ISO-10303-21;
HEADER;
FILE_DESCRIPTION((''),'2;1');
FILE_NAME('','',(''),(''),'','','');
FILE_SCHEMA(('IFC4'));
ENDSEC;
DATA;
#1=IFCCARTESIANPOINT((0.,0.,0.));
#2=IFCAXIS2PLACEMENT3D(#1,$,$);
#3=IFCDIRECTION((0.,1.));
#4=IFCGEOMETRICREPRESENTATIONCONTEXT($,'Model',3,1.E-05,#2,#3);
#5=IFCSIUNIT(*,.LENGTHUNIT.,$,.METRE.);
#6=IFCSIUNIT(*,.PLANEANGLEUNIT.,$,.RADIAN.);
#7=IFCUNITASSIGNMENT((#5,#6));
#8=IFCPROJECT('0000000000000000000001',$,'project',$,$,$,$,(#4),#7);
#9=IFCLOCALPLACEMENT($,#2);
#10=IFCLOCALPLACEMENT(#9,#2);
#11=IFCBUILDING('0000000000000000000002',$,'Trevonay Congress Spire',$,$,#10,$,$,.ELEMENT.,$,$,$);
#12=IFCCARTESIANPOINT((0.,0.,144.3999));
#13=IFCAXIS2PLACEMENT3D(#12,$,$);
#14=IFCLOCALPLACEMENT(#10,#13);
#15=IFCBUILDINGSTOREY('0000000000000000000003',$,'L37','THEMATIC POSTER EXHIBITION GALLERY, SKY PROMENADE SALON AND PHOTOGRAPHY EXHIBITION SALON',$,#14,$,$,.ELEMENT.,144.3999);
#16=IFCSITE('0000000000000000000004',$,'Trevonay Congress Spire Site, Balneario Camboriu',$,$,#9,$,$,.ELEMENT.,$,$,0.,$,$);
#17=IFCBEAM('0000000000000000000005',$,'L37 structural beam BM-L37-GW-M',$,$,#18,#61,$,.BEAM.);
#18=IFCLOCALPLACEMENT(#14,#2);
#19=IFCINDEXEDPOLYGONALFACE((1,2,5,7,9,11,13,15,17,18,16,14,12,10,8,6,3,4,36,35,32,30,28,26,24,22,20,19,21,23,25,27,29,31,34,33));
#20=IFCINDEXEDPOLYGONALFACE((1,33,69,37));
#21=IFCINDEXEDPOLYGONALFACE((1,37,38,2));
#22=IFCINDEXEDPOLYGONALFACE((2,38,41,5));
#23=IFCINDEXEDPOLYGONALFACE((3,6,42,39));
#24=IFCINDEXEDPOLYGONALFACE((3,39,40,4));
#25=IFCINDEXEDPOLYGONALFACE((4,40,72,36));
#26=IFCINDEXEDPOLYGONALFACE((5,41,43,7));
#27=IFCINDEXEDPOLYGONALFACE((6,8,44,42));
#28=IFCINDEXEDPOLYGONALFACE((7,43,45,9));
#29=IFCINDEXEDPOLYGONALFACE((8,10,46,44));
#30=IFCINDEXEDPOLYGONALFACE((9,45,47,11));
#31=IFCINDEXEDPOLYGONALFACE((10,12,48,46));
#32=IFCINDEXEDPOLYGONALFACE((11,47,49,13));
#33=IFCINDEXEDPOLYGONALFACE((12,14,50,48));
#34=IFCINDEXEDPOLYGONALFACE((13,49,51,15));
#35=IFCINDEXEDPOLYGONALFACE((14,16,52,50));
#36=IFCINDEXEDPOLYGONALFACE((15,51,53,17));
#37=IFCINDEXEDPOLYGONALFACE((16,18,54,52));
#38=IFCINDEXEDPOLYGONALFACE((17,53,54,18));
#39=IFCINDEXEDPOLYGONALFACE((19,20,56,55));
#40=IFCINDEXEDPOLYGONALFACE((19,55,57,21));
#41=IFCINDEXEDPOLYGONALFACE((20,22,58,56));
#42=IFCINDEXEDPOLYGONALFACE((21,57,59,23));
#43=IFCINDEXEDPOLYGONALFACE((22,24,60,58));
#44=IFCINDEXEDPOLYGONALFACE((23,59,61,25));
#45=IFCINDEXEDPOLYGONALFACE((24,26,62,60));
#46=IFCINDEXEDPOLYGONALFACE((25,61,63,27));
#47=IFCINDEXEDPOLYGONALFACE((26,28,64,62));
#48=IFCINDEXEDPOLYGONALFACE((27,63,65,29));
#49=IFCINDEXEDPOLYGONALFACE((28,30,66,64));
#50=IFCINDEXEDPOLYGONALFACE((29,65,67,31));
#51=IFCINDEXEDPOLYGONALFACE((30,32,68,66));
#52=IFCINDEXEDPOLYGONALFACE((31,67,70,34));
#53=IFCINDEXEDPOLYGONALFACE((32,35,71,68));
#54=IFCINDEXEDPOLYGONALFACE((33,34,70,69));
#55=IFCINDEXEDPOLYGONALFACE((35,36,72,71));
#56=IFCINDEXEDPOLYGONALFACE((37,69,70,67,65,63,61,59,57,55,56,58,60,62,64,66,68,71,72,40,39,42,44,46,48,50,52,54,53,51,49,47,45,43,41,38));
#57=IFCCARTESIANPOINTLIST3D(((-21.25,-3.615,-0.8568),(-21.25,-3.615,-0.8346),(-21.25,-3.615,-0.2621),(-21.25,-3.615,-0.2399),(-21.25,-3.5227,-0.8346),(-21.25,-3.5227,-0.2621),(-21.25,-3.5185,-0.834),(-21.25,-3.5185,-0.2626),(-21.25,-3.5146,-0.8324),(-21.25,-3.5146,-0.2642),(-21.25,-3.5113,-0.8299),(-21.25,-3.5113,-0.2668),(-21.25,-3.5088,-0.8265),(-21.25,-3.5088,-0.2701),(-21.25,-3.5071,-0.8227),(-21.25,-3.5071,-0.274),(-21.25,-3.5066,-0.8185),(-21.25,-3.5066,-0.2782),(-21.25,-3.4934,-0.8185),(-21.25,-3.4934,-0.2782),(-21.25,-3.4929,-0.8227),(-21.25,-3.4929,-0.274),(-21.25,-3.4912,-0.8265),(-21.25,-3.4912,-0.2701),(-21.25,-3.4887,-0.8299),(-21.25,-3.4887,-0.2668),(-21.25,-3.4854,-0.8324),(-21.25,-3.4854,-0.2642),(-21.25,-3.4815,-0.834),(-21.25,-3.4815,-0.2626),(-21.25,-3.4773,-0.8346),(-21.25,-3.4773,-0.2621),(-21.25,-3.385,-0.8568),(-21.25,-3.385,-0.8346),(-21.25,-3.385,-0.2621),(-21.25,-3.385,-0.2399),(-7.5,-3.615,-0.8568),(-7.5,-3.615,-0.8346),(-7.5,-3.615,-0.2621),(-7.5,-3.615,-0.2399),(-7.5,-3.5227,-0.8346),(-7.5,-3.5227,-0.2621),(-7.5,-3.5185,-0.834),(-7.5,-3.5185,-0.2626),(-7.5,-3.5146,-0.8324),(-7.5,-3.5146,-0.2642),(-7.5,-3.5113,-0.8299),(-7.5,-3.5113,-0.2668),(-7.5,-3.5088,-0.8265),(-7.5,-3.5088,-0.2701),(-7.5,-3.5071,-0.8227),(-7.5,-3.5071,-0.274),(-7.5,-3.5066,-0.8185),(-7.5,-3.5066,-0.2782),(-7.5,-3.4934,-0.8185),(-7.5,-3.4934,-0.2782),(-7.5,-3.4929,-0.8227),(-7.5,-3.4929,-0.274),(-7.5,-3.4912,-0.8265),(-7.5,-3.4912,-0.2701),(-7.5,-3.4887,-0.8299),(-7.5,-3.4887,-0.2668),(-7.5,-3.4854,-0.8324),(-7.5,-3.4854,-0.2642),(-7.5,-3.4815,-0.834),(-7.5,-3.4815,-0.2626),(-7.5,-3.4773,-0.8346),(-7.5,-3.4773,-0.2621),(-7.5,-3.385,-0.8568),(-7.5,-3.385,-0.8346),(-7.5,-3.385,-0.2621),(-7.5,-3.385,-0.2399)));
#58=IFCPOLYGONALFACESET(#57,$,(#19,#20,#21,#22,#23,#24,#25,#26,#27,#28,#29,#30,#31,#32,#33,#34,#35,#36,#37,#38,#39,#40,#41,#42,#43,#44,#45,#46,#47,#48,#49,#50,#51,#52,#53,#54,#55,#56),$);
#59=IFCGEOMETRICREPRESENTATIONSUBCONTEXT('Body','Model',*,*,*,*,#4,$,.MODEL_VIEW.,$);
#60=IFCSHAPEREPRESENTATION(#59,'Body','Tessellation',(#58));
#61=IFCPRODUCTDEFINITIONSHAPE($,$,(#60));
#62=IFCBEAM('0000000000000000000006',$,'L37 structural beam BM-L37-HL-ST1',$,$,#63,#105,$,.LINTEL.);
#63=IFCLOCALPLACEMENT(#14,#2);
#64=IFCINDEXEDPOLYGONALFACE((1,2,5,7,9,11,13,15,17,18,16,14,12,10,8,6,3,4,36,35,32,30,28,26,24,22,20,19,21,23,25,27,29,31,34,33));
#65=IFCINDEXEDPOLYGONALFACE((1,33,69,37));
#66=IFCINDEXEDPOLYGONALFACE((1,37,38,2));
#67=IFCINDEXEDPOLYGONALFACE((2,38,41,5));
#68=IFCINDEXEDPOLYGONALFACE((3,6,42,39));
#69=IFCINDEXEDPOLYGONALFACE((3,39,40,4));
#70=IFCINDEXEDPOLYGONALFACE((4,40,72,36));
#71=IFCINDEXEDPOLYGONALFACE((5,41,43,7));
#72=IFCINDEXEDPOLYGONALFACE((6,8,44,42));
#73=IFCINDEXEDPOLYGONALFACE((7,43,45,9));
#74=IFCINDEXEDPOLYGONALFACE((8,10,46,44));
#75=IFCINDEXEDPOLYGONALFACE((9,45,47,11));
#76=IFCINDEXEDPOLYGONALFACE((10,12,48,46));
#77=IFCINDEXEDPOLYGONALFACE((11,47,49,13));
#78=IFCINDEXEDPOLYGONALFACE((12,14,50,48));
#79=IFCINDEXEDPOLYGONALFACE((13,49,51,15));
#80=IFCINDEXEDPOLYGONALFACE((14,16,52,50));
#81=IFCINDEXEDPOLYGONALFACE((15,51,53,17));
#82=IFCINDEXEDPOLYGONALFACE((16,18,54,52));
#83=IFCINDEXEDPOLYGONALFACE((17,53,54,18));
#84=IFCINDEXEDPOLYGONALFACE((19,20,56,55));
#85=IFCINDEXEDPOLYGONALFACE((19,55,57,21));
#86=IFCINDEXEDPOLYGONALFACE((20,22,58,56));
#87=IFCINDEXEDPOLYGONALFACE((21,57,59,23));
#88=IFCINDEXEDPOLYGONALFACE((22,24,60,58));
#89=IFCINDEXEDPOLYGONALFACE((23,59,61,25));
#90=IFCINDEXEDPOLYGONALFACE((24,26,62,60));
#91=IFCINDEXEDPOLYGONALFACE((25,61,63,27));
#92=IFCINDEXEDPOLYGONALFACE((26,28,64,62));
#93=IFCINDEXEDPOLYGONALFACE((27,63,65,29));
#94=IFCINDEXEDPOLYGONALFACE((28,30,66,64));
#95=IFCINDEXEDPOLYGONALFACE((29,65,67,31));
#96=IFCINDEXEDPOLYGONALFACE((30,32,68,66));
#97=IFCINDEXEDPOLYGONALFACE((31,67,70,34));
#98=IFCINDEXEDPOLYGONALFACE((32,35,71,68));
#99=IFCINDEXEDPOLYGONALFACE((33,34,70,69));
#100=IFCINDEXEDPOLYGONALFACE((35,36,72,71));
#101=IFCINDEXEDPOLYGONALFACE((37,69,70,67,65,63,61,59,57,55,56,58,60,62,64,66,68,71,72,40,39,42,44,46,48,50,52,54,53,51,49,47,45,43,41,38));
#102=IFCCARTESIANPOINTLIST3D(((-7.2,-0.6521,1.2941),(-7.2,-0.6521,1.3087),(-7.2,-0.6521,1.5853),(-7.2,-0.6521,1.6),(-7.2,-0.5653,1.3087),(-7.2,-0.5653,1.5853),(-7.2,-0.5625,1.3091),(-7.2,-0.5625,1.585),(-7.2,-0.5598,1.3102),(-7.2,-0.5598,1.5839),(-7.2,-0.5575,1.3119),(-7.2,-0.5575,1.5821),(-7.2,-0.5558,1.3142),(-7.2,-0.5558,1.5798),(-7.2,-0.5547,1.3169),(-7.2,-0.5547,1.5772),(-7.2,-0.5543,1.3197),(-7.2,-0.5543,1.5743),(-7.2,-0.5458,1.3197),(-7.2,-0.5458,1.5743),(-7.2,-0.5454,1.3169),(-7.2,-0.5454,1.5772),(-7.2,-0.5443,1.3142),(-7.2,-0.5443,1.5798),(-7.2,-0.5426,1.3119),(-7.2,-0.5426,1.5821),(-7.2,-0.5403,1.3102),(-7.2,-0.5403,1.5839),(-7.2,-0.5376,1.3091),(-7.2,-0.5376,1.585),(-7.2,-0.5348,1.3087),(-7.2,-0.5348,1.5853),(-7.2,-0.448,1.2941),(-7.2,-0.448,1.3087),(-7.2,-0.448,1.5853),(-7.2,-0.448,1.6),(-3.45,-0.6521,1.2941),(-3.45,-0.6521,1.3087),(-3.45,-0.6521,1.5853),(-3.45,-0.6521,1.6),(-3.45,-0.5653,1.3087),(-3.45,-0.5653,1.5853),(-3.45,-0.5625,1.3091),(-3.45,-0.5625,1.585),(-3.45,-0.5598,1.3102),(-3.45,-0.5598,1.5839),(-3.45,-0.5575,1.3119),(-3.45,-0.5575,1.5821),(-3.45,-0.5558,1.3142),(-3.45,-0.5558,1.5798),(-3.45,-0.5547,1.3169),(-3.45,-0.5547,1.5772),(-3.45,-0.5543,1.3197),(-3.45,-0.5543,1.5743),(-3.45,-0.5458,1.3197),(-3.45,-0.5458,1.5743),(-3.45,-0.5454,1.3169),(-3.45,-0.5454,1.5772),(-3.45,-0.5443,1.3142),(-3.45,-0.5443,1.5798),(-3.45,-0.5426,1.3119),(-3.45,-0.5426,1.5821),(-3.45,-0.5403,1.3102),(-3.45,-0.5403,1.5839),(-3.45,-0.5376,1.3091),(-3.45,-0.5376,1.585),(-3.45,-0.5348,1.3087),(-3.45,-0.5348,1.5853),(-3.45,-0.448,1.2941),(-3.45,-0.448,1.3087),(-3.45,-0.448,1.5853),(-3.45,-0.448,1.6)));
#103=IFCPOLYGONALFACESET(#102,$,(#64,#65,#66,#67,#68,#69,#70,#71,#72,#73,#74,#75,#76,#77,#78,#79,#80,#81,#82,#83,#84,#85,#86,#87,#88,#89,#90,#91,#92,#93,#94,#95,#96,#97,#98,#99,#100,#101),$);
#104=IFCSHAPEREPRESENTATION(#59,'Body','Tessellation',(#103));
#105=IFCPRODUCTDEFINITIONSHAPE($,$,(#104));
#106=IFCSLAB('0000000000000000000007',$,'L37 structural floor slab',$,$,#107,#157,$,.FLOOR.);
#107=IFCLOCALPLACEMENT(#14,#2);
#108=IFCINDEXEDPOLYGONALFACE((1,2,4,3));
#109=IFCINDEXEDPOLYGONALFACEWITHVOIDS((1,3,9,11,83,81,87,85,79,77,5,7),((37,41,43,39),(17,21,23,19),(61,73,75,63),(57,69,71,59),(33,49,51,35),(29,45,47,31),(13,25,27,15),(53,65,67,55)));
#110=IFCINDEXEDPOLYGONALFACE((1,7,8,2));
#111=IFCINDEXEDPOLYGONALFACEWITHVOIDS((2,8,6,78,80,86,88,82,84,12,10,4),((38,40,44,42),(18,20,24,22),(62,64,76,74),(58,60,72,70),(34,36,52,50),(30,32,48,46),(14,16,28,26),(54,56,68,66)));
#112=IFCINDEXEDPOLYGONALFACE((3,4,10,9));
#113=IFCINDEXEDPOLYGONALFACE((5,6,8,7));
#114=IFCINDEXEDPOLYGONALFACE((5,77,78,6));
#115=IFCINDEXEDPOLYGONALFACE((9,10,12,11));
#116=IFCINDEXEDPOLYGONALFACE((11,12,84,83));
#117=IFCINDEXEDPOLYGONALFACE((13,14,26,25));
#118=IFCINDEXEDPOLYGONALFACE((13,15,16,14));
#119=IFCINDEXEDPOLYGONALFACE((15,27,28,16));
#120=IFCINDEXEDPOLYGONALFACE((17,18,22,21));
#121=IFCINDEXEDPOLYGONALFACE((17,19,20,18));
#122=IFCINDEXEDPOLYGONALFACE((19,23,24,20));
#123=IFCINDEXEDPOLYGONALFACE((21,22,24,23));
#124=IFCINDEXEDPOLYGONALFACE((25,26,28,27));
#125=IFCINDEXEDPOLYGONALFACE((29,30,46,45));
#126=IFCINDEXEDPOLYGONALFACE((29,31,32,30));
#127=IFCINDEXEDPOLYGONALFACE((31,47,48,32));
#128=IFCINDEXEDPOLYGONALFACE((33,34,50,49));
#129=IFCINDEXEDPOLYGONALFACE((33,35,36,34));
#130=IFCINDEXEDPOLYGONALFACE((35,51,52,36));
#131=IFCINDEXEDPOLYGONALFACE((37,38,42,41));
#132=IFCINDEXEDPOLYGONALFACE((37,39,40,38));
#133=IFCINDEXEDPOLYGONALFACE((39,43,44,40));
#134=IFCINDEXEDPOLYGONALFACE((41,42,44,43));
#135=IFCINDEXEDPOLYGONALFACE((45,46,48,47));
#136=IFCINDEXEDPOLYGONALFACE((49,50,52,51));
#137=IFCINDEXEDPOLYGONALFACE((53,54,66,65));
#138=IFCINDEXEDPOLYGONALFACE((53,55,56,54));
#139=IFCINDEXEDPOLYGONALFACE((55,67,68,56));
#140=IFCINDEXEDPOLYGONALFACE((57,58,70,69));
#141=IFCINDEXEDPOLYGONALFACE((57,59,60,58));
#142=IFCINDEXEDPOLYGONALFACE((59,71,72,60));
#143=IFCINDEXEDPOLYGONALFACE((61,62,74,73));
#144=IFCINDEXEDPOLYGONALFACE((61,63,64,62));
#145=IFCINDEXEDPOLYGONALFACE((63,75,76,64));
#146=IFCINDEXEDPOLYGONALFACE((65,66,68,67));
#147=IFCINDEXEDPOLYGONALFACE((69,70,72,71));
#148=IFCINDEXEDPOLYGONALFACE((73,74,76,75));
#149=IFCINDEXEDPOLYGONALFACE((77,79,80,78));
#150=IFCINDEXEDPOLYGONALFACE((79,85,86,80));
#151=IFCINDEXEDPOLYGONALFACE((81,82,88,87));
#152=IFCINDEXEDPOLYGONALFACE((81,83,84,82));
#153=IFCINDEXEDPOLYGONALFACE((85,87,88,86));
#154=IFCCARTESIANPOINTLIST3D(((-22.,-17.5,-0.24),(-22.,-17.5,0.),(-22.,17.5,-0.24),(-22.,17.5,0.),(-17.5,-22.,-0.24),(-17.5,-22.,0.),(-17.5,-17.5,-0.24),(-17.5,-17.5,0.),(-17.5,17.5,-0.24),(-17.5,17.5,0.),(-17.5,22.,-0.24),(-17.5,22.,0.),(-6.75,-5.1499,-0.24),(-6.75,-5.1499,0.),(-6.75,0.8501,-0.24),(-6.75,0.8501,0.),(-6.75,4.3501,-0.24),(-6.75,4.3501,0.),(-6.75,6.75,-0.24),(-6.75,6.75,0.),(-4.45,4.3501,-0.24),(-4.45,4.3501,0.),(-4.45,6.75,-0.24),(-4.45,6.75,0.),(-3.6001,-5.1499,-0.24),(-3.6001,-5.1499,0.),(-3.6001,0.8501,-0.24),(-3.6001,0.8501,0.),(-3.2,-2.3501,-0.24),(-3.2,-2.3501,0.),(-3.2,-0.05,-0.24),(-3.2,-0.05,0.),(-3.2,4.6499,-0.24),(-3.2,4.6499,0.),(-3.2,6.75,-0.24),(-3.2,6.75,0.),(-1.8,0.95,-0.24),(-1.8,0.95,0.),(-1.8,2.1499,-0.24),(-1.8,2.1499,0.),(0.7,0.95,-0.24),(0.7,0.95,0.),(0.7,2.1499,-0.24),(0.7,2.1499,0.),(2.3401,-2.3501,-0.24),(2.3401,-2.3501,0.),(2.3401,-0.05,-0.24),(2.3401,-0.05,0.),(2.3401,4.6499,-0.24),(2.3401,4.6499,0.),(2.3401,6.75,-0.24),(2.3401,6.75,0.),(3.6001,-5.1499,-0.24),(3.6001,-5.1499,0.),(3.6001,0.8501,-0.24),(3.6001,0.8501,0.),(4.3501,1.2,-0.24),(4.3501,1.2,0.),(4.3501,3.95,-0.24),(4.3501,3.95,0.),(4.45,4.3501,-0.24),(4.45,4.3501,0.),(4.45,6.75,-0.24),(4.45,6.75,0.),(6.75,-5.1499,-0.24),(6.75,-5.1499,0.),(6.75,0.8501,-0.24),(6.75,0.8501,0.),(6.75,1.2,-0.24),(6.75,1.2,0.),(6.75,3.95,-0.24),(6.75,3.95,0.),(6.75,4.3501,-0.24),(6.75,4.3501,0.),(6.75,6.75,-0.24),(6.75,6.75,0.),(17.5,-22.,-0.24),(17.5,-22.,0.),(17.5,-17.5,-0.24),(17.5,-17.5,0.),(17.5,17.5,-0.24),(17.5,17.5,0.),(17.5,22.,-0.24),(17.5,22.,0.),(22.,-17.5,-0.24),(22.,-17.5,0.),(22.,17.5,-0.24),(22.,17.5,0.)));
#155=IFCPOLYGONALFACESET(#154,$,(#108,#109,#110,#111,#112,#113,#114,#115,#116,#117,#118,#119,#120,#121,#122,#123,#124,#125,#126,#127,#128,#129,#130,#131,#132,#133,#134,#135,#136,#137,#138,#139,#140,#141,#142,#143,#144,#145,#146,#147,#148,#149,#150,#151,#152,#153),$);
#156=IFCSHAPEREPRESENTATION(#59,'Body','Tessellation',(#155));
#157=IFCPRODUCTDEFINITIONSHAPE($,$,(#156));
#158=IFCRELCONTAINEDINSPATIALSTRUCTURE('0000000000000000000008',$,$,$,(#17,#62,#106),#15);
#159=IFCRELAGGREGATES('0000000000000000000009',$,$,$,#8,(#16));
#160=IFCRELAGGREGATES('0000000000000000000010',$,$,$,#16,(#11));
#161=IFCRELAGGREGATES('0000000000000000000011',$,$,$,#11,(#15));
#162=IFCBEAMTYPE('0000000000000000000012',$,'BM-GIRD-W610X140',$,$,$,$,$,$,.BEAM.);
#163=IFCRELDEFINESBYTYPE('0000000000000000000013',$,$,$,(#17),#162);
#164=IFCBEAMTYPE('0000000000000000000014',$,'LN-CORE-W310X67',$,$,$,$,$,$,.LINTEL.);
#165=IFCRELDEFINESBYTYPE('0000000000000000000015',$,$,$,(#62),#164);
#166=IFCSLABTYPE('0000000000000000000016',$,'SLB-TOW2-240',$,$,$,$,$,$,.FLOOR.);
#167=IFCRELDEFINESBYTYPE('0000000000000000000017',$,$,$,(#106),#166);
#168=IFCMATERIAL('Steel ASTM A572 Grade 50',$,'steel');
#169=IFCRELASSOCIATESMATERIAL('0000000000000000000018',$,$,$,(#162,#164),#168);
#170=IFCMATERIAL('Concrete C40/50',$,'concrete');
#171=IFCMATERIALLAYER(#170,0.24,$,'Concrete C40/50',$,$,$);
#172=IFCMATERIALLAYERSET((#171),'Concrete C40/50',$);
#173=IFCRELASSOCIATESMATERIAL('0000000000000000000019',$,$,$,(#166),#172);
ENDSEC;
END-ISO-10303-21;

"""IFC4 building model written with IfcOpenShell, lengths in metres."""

from ifc_helpers import new_model, si_unit, direction, frame, origin, origin_2d, place, context, subcontext, project, spatial, polyline, i_section, outline, extrude, material, layer, layer_set, material_profile, profile_set, type_object, element, save


model = new_model("IFC4")

# Units and contexts
model_context = context("Model", 3, precision=1e-05, world=origin(), true_north=direction((0.0, 1.0)))
body_context = subcontext(model_context, "Body", "Model", "MODEL_VIEW")
ifc_project = project(units=[si_unit("LENGTHUNIT", "METRE"), si_unit("PLANEANGLEUNIT", "RADIAN")], contexts=[model_context])

# Site, building, storey
site_placement = place(None, origin())
site = spatial("IfcSite", under=ifc_project, at=site_placement, Name="Trevonay Congress Spire Site, Balneario Camboriu", CompositionType="ELEMENT", RefElevation=0.0)
building_placement = place(site_placement, origin())
building = spatial("IfcBuilding", under=site, at=building_placement, Name="Trevonay Congress Spire", CompositionType="ELEMENT")
storey_placement = place(building_placement, frame((0.0, 0.0, 144.3999)))
storey = spatial("IfcBuildingStorey", under=building, at=storey_placement, Name="L37", Description="THEMATIC POSTER EXHIBITION GALLERY, SKY PROMENADE SALON AND PHOTOGRAPHY EXHIBITION SALON", CompositionType="ELEMENT", Elevation=144.3999)

# Shared definitions
ifc_material_1 = material(Name="Steel ASTM A572 Grade 50", Category="steel")

# Beams
ifc_material_profile_1 = material_profile(ifc_material_1, i_section(OverallWidth=0.23, OverallDepth=0.6169, WebThickness=0.0132, FlangeThickness=0.0222, FilletRadius=0.0161, at=origin_2d()), Name="W610x140")
ifc_profile_set_1 = profile_set([ifc_material_profile_1], Name="Steel ASTM A572 Grade 50")
beam_type_1 = type_object("IfcBeamType", Name="BM-GIRD-W610X140", PredefinedType="BEAM", material=ifc_profile_set_1)
for number, where, z_axis, x_axis, name in (
    (1, (-7.5, -3.5, -0.5483), (-1.0, 0.0, 0.0), (0.0, -1.0, 0.0), "L37 structural beam BM-L37-GW-M"),
):
    element("IfcBeam", number, at=place(storey_placement, frame(where, z_axis=z_axis, x_axis=x_axis)), inside=storey, type_object=beam_type_1, Name=name, PredefinedType="BEAM", context=body_context, shape_type="SweptSolid", body=[
        extrude(i_section(OverallWidth=0.23, OverallDepth=0.6169, WebThickness=0.0132, FlangeThickness=0.0222, FilletRadius=0.0161, at=origin_2d()), origin(), (0.0, 0.0, 1.0), 13.75),
    ])
ifc_material_profile_2 = material_profile(ifc_material_1, i_section(OverallWidth=0.2041, OverallDepth=0.3059, WebThickness=0.0085, FlangeThickness=0.0146, FilletRadius=0.011, at=origin_2d()), Name="W310x67")
ifc_profile_set_2 = profile_set([ifc_material_profile_2], Name="Steel ASTM A572 Grade 50")
beam_type_2 = type_object("IfcBeamType", Name="LN-CORE-W310X67", PredefinedType="LINTEL", material=ifc_profile_set_2)
beam_1_placement = place(storey_placement, frame((-7.2, -0.55, 1.447), z_axis=(1.0, 0.0, 0.0), x_axis=(0.0, 1.0, 0.0)))
element("IfcBeam", 2, at=beam_1_placement, inside=storey, type_object=beam_type_2, Name="L37 structural beam BM-L37-HL-ST1", PredefinedType="LINTEL", context=body_context, shape_type="SweptSolid", body=[
    extrude(i_section(OverallWidth=0.2041, OverallDepth=0.3059, WebThickness=0.0085, FlangeThickness=0.0146, FilletRadius=0.011, at=origin_2d()), origin(), (0.0, 0.0, 1.0), 3.75),
])

# Slab
ifc_material_2 = material(Name="Concrete C40/50", Category="concrete")
ifc_layer_1 = layer(ifc_material_2, 0.24, Name="Concrete C40/50")
ifc_layer_set_1 = layer_set([ifc_layer_1], Name="Concrete C40/50")
slab_type = type_object("IfcSlabType", Name="SLB-TOW2-240", PredefinedType="FLOOR", material=ifc_layer_set_1)
slab_placement = place(storey_placement, frame((0.0, 0.0, -0.24)))
element("IfcSlab", 3, at=slab_placement, inside=storey, type_object=slab_type, Name="L37 structural floor slab", PredefinedType="FLOOR", context=body_context, shape_type="SweptSolid", body=[
    extrude(outline(polyline([(-17.5, -22.0), (17.5, -22.0), (17.5, -17.5), (22.0, -17.5), (22.0, 17.5), (17.5, 17.5), (17.5, 22.0), (-17.5, 22.0), (-17.5, 17.5), (-22.0, 17.5), (-22.0, -17.5), (-17.5, -17.5), (-17.5, -22.0)]), holes=[polyline([(-3.6001, -5.1499), (-3.6001, 0.8501), (-6.75, 0.8501), (-6.75, -5.1499), (-3.6001, -5.1499)]), polyline([(6.75, -5.1499), (6.75, 0.8501), (3.6001, 0.8501), (3.6001, -5.1499), (6.75, -5.1499)]), polyline([(-3.2, -2.3501), (2.3401, -2.3501), (2.3401, -0.05), (-3.2, -0.05), (-3.2, -2.3501)]), polyline([(-3.2, 4.6499), (2.3401, 4.6499), (2.3401, 6.75), (-3.2, 6.75), (-3.2, 4.6499)]), polyline([(-6.75, 4.3501), (-4.45, 4.3501), (-4.45, 6.75), (-6.75, 6.75), (-6.75, 4.3501)]), polyline([(4.45, 4.3501), (6.75, 4.3501), (6.75, 6.75), (4.45, 6.75), (4.45, 4.3501)]), polyline([(4.3501, 1.2), (6.75, 1.2), (6.75, 3.95), (4.3501, 3.95), (4.3501, 1.2)]), polyline([(-1.8, 0.95), (0.7, 0.95), (0.7, 2.1499), (-1.8, 2.1499), (-1.8, 0.95)])]), origin(), (0.0, 0.0, 1.0), 0.24),
])

save(model, "model.ifc")
